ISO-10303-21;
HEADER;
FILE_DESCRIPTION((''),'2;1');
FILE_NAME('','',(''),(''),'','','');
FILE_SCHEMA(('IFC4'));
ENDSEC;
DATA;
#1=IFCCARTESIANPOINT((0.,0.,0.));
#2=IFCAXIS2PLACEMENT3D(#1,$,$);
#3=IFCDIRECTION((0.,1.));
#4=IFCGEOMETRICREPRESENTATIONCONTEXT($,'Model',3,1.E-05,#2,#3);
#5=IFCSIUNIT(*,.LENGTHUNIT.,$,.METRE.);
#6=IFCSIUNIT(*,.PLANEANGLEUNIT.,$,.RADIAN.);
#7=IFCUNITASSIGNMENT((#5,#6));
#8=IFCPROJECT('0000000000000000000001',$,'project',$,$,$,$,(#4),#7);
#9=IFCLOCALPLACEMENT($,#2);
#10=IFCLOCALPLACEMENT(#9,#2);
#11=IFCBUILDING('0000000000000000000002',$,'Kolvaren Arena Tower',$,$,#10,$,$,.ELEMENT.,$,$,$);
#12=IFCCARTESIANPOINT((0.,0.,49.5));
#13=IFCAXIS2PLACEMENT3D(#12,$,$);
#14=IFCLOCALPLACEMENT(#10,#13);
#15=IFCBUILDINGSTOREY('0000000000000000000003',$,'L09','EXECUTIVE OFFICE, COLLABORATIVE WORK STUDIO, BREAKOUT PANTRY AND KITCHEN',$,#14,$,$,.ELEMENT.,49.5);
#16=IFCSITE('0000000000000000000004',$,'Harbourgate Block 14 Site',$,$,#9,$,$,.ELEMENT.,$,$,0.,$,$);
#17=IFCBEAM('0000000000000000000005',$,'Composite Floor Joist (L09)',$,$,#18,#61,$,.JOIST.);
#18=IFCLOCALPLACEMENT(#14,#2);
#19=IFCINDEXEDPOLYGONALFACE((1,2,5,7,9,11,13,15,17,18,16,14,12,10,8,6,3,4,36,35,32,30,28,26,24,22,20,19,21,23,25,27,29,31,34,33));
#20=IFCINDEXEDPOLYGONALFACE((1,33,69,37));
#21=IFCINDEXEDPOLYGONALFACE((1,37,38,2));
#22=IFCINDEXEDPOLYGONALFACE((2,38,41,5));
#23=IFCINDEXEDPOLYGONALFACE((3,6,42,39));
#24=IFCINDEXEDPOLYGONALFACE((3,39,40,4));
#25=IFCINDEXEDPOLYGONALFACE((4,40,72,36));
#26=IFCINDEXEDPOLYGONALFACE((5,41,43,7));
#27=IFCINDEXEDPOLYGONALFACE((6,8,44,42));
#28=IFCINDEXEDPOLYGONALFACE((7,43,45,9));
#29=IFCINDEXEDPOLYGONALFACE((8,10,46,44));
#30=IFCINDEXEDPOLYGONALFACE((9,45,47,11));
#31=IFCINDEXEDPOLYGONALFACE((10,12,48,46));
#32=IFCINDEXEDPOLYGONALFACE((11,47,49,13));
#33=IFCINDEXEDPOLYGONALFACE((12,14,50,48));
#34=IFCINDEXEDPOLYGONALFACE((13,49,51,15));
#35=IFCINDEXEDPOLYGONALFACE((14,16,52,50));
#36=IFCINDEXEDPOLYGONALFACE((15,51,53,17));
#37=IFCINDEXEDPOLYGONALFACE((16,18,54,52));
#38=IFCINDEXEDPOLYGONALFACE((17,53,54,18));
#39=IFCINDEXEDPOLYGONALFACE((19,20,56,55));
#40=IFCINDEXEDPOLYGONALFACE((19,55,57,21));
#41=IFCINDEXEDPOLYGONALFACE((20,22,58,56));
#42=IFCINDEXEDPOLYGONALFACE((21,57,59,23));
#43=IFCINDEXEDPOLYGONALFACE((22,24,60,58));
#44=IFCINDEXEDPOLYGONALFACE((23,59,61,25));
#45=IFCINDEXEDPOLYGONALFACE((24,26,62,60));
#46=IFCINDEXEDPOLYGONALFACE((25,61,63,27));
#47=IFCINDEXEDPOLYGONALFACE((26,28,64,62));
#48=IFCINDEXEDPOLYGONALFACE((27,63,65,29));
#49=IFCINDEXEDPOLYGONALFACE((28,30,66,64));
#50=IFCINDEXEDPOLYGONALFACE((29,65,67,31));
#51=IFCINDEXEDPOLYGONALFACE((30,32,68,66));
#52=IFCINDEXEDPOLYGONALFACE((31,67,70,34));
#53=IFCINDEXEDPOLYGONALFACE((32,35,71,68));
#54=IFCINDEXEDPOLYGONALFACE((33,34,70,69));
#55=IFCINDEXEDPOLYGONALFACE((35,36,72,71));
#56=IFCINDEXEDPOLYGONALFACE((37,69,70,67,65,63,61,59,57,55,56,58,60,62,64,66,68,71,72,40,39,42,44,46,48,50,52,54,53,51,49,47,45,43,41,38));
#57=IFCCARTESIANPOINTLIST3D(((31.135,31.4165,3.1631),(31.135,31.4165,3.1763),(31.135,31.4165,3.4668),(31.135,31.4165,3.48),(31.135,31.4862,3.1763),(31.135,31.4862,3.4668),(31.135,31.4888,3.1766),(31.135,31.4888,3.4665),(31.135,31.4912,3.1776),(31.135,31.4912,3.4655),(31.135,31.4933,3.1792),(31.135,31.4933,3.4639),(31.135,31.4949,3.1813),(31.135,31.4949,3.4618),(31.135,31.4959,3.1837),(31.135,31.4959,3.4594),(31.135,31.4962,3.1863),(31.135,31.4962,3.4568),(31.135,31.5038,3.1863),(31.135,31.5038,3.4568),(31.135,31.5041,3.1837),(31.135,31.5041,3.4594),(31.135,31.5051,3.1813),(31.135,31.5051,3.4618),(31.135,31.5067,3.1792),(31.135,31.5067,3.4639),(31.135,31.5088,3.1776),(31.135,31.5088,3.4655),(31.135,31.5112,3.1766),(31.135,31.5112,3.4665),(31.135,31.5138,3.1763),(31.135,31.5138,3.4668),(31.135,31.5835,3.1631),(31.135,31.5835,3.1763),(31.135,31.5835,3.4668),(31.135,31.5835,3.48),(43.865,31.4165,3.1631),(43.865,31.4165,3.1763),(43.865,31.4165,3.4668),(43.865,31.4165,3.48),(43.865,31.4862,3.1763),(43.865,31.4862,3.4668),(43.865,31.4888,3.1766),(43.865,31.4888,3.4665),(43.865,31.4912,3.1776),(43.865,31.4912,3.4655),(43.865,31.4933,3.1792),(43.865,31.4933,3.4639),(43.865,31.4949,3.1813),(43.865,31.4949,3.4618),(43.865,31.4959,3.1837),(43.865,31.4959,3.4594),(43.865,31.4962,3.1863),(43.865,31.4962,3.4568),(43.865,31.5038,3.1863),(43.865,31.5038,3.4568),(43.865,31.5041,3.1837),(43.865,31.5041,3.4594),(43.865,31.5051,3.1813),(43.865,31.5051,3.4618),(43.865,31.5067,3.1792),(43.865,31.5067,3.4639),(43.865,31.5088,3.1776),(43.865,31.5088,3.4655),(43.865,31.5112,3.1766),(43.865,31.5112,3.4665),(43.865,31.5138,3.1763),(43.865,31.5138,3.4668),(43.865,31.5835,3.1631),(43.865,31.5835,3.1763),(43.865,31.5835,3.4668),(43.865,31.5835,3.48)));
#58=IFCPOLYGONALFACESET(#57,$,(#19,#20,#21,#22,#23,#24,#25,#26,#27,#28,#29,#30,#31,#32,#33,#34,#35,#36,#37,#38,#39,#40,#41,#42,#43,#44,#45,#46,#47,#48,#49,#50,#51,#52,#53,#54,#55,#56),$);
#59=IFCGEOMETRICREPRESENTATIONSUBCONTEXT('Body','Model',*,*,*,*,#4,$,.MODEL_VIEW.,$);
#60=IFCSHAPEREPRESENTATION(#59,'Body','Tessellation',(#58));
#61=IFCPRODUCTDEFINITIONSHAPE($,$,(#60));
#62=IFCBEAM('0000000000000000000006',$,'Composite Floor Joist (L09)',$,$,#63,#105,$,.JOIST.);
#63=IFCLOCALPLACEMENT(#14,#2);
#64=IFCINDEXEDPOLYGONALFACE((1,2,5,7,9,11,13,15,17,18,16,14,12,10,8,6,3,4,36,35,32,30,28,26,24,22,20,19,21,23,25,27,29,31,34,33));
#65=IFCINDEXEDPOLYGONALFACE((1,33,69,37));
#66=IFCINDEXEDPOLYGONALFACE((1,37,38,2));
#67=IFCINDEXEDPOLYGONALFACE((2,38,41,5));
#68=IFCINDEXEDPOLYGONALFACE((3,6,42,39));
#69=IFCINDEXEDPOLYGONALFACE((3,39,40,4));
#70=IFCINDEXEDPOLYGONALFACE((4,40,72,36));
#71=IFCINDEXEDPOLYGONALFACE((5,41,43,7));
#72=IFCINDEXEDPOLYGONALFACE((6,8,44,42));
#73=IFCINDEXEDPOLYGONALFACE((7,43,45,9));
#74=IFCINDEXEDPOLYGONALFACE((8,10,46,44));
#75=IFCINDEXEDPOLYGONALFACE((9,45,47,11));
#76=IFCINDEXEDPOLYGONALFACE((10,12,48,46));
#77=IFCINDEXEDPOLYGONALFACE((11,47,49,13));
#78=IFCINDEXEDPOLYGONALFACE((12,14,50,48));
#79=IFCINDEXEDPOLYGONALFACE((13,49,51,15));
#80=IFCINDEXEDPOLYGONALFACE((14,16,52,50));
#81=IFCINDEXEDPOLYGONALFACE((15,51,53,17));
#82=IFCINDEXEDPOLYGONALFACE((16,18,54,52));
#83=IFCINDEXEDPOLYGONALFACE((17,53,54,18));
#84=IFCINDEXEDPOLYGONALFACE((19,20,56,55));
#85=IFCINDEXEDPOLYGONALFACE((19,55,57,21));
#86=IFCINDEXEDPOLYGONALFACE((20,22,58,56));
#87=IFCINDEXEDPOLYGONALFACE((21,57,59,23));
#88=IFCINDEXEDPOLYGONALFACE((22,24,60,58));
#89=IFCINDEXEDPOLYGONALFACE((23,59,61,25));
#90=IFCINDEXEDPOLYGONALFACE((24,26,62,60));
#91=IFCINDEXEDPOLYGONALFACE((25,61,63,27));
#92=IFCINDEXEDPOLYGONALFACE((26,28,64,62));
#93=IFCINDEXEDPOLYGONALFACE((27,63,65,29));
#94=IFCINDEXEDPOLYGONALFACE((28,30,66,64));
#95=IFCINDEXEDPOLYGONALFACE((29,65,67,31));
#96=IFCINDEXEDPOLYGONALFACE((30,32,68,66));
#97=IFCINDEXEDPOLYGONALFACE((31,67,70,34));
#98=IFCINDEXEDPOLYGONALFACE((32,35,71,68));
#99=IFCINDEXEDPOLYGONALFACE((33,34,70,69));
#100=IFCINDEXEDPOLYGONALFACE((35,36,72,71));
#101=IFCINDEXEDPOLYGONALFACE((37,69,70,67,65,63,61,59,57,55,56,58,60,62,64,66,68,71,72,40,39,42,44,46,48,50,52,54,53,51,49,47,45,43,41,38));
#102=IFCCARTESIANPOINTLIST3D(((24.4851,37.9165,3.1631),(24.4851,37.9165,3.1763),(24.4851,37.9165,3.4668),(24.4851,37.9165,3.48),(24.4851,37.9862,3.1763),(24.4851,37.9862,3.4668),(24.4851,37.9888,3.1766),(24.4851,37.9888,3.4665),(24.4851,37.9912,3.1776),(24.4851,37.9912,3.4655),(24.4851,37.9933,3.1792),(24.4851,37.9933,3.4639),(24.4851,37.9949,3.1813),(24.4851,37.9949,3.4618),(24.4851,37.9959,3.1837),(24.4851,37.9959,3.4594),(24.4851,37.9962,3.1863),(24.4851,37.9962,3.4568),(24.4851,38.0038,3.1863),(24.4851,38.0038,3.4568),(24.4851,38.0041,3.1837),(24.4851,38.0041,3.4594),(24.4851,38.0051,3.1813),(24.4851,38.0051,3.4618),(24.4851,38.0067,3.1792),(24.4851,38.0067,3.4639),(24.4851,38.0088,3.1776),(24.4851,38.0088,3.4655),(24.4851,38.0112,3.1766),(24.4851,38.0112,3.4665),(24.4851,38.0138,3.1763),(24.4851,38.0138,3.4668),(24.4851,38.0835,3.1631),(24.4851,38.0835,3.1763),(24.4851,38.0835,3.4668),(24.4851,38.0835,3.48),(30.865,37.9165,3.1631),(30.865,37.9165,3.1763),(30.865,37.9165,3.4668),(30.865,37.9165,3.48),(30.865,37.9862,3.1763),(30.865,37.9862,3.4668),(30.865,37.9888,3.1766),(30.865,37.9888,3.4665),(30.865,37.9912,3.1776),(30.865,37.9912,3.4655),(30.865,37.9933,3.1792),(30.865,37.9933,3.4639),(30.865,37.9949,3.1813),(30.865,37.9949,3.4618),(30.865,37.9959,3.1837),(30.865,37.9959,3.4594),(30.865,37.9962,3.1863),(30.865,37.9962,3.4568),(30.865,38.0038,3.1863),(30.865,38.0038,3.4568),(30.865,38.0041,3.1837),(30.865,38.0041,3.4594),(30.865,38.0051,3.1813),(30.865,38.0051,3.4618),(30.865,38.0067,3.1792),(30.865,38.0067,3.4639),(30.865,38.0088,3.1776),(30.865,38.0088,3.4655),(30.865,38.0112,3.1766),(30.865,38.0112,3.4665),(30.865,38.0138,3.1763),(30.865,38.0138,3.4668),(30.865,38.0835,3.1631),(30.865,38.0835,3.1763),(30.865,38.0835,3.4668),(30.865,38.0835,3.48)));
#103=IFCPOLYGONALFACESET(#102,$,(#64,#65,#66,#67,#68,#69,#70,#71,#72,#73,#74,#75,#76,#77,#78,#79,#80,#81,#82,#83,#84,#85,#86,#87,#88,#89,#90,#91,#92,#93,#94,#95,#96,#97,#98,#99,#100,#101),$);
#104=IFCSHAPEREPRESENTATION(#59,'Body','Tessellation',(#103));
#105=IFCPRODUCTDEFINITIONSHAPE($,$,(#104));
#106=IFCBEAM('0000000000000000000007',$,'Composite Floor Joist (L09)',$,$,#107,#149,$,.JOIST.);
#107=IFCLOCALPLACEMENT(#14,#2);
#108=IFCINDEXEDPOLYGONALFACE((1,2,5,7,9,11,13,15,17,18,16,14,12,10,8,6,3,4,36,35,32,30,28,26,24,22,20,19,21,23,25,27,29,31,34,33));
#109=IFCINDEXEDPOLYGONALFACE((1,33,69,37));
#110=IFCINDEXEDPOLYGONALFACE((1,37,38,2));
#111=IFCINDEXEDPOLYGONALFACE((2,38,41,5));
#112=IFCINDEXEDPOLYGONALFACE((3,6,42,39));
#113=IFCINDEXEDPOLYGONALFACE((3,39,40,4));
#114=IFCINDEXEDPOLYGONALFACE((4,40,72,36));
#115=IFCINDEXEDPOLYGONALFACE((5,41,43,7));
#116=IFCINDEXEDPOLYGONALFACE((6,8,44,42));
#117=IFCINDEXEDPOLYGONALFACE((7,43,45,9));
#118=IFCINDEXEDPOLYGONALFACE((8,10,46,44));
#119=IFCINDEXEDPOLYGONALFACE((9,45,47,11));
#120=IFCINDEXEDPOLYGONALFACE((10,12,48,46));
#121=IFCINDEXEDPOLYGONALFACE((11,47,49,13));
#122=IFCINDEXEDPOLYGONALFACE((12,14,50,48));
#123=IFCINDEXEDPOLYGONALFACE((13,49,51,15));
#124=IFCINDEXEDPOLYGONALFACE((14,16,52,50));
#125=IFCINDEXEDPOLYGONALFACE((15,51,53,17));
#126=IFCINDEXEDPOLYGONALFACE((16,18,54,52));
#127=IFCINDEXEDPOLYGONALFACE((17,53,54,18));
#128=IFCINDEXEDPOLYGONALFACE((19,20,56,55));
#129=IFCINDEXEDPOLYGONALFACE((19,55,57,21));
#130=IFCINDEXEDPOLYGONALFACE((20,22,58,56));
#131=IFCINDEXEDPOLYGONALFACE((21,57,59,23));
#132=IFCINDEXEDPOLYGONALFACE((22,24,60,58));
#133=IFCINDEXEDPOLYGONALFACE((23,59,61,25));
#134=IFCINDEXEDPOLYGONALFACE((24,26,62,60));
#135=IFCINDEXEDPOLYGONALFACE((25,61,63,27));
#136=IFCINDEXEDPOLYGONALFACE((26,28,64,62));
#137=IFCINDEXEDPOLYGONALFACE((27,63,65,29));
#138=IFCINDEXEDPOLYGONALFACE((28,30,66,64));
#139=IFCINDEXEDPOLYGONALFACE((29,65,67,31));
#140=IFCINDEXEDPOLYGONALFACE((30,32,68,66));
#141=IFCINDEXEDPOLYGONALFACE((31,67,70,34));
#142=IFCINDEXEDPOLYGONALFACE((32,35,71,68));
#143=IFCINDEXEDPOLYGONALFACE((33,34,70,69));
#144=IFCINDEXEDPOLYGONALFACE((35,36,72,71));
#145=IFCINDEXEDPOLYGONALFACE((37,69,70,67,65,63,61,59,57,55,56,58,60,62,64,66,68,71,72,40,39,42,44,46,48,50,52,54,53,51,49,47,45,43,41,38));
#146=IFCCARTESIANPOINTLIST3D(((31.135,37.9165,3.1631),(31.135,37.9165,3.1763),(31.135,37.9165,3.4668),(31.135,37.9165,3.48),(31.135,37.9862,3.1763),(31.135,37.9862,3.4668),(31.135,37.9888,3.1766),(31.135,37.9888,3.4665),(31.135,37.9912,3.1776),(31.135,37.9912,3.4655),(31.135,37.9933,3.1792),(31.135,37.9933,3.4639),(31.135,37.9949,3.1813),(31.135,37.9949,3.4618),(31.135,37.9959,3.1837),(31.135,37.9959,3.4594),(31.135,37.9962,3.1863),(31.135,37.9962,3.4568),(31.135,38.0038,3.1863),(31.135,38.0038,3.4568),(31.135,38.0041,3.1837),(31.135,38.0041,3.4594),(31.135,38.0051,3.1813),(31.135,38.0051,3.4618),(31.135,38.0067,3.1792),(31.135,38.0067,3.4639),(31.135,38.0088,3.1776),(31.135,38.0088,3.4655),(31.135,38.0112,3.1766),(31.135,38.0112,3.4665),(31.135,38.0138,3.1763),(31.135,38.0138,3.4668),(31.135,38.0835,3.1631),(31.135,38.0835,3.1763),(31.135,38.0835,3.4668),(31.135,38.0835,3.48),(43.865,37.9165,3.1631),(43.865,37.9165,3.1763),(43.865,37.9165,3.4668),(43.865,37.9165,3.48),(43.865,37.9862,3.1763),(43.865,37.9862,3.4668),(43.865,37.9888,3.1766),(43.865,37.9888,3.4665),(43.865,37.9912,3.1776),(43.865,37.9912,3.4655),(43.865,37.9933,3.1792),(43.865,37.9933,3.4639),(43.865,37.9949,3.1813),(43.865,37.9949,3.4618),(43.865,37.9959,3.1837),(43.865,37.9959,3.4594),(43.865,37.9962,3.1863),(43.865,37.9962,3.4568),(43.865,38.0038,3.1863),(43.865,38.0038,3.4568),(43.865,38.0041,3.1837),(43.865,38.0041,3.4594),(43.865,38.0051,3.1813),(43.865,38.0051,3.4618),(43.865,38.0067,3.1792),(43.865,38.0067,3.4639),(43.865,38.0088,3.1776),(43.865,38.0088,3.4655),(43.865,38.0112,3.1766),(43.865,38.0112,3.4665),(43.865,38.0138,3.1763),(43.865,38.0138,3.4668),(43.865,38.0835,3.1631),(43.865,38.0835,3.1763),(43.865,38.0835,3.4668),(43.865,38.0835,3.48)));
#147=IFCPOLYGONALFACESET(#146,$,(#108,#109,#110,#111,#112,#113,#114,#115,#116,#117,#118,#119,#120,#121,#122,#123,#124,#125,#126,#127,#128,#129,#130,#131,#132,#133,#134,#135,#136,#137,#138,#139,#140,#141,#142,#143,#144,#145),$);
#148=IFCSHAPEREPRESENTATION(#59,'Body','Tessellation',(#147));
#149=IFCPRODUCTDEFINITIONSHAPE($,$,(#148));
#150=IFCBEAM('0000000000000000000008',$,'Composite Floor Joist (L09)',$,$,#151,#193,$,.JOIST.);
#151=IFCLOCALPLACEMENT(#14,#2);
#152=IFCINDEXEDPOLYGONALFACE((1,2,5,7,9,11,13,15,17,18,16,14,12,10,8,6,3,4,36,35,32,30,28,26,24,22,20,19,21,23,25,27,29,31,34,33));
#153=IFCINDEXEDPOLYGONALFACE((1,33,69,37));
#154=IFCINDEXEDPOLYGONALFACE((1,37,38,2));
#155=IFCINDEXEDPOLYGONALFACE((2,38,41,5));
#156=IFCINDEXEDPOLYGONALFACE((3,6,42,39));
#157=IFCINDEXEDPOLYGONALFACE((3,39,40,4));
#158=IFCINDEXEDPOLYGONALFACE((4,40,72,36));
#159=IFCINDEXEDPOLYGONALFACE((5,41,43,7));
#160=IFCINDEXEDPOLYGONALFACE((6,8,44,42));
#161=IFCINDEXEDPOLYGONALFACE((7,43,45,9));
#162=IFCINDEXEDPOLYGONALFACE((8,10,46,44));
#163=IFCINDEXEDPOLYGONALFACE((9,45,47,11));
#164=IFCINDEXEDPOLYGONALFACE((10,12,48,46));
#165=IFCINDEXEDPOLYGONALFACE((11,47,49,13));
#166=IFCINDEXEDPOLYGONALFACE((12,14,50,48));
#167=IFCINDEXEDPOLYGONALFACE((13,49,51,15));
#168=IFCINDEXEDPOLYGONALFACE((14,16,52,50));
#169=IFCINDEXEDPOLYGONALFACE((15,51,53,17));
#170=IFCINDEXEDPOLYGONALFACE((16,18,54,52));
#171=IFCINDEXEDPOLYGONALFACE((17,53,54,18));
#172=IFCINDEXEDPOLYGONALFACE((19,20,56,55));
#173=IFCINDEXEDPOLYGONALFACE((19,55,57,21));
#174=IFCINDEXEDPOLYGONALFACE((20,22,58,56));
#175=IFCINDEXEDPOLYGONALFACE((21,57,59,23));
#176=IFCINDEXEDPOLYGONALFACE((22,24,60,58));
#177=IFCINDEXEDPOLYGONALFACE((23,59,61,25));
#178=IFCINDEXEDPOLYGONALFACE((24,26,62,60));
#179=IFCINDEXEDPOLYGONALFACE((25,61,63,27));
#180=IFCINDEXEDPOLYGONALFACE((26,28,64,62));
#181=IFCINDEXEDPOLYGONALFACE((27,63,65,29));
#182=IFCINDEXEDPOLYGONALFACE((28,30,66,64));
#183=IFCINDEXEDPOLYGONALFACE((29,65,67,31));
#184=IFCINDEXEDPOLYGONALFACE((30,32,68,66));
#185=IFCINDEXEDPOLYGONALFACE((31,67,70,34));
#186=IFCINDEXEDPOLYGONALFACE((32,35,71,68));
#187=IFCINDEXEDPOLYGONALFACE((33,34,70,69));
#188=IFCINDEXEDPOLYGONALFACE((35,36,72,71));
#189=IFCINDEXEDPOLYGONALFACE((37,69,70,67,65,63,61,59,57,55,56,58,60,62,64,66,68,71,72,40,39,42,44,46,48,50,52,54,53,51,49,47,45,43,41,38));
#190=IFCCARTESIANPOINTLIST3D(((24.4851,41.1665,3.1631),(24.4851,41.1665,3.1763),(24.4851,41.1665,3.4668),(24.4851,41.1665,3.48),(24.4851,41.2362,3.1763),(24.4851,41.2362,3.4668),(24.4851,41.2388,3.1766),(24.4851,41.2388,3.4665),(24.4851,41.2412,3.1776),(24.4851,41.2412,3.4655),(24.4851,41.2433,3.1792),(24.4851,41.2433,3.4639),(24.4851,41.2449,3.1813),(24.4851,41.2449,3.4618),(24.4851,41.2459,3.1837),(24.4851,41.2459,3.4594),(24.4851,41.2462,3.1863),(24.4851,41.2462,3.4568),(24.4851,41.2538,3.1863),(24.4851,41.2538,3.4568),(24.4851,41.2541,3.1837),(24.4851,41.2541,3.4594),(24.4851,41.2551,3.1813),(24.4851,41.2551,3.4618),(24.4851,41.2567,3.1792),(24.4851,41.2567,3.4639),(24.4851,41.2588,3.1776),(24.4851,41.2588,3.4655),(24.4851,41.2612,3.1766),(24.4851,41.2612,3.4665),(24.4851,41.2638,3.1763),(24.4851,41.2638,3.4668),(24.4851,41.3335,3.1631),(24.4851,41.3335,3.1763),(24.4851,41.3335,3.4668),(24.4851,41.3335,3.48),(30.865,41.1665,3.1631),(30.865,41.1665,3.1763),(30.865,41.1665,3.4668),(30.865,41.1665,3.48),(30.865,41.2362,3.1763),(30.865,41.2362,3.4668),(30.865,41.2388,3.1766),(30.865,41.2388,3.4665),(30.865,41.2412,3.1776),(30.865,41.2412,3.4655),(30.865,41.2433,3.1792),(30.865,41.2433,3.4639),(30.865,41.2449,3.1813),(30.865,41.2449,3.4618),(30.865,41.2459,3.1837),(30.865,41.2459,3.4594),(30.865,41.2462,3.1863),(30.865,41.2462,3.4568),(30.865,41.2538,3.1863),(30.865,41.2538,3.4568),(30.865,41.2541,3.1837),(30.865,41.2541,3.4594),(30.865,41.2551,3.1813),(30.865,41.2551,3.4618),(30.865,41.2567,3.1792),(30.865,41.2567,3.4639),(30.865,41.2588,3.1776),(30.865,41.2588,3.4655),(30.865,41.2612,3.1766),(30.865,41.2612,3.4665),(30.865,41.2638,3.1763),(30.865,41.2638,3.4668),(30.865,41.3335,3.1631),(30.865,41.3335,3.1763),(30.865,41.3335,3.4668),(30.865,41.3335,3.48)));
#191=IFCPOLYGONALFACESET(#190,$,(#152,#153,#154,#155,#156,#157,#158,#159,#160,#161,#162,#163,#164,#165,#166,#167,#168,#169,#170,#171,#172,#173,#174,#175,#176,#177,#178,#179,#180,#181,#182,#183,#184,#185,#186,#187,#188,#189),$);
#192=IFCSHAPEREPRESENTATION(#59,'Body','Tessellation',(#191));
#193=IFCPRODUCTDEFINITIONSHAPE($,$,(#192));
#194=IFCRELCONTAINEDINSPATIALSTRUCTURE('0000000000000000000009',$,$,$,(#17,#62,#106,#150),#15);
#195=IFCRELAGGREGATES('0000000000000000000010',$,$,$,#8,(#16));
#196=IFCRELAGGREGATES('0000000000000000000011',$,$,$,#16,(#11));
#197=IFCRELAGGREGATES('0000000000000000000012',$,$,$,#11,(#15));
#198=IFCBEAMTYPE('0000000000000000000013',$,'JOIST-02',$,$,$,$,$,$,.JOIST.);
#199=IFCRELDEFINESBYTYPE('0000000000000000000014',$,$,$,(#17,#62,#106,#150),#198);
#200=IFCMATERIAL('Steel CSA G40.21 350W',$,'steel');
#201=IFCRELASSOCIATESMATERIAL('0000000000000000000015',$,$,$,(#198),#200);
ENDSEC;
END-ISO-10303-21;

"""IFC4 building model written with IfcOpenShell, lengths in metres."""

from ifc_helpers import new_model, si_unit, direction, frame, origin, origin_2d, place, context, subcontext, project, spatial, i_section, extrude, material, material_profile, profile_set, type_object, element, save


model = new_model("IFC4")

# Units and contexts
model_context = context("Model", 3, precision=1e-05, world=origin(), true_north=direction((0.0, 1.0)))
body_context = subcontext(model_context, "Body", "Model", "MODEL_VIEW")
ifc_project = project(units=[si_unit("LENGTHUNIT", "METRE"), si_unit("PLANEANGLEUNIT", "RADIAN")], contexts=[model_context])

# Site, building, storey
site_placement = place(None, origin())
site = spatial("IfcSite", under=ifc_project, at=site_placement, Name="Harbourgate Block 14 Site", CompositionType="ELEMENT", RefElevation=0.0)
building_placement = place(site_placement, origin())
building = spatial("IfcBuilding", under=site, at=building_placement, Name="Kolvaren Arena Tower", CompositionType="ELEMENT")
storey_placement = place(building_placement, frame((0.0, 0.0, 49.5)))
storey = spatial("IfcBuildingStorey", under=building, at=storey_placement, Name="L09", Description="EXECUTIVE OFFICE, COLLABORATIVE WORK STUDIO, BREAKOUT PANTRY AND KITCHEN", CompositionType="ELEMENT", Elevation=49.5)

# Beams
ifc_material_1 = material(Name="Steel CSA G40.21 350W", Category="steel")
ifc_material_profile_1 = material_profile(ifc_material_1, i_section(OverallWidth=0.167, OverallDepth=0.3169, WebThickness=0.0076, FlangeThickness=0.0132, FilletRadius=0.01, at=origin_2d()), Name="W310x52")
ifc_profile_set_1 = profile_set([ifc_material_profile_1], Name="Steel CSA G40.21 350W")
beam_type_1 = type_object("IfcBeamType", Name="JOIST-02", PredefinedType="JOIST", material=ifc_profile_set_1)
beam_1_placement = place(storey_placement, frame((31.135, 31.5, 3.3215), z_axis=(1.0, 0.0, 0.0), x_axis=(0.0, 1.0, 0.0)))
element("IfcBeam", 1, at=beam_1_placement, inside=storey, type_object=beam_type_1, Name="Composite Floor Joist (L09)", PredefinedType="JOIST", context=body_context, shape_type="SweptSolid", body=[
    extrude(i_section(OverallWidth=0.167, OverallDepth=0.3169, WebThickness=0.0076, FlangeThickness=0.0132, FilletRadius=0.01, at=origin_2d()), origin(), (0.0, 0.0, 1.0), 12.73),
])
beam_2_placement = place(storey_placement, frame((24.4851, 38.0, 3.3215), z_axis=(1.0, 0.0, 0.0), x_axis=(0.0, 1.0, 0.0)))
element("IfcBeam", 2, at=beam_2_placement, inside=storey, type_object=beam_type_1, Name="Composite Floor Joist (L09)", PredefinedType="JOIST", context=body_context, shape_type="SweptSolid", body=[
    extrude(i_section(OverallWidth=0.167, OverallDepth=0.3169, WebThickness=0.0076, FlangeThickness=0.0132, FilletRadius=0.01, at=origin_2d()), origin(), (0.0, 0.0, 1.0), 6.3799),
])
beam_3_placement = place(storey_placement, frame((31.135, 38.0, 3.3215), z_axis=(1.0, 0.0, 0.0), x_axis=(0.0, 1.0, 0.0)))
element("IfcBeam", 3, at=beam_3_placement, inside=storey, type_object=beam_type_1, Name="Composite Floor Joist (L09)", PredefinedType="JOIST", context=body_context, shape_type="SweptSolid", body=[
    extrude(i_section(OverallWidth=0.167, OverallDepth=0.3169, WebThickness=0.0076, FlangeThickness=0.0132, FilletRadius=0.01, at=origin_2d()), origin(), (0.0, 0.0, 1.0), 12.73),
])
beam_4_placement = place(storey_placement, frame((24.4851, 41.25, 3.3215), z_axis=(1.0, 0.0, 0.0), x_axis=(0.0, 1.0, 0.0)))
element("IfcBeam", 4, at=beam_4_placement, inside=storey, type_object=beam_type_1, Name="Composite Floor Joist (L09)", PredefinedType="JOIST", context=body_context, shape_type="SweptSolid", body=[
    extrude(i_section(OverallWidth=0.167, OverallDepth=0.3169, WebThickness=0.0076, FlangeThickness=0.0132, FilletRadius=0.01, at=origin_2d()), origin(), (0.0, 0.0, 1.0), 6.3799),
])

save(model, "model.ifc")
